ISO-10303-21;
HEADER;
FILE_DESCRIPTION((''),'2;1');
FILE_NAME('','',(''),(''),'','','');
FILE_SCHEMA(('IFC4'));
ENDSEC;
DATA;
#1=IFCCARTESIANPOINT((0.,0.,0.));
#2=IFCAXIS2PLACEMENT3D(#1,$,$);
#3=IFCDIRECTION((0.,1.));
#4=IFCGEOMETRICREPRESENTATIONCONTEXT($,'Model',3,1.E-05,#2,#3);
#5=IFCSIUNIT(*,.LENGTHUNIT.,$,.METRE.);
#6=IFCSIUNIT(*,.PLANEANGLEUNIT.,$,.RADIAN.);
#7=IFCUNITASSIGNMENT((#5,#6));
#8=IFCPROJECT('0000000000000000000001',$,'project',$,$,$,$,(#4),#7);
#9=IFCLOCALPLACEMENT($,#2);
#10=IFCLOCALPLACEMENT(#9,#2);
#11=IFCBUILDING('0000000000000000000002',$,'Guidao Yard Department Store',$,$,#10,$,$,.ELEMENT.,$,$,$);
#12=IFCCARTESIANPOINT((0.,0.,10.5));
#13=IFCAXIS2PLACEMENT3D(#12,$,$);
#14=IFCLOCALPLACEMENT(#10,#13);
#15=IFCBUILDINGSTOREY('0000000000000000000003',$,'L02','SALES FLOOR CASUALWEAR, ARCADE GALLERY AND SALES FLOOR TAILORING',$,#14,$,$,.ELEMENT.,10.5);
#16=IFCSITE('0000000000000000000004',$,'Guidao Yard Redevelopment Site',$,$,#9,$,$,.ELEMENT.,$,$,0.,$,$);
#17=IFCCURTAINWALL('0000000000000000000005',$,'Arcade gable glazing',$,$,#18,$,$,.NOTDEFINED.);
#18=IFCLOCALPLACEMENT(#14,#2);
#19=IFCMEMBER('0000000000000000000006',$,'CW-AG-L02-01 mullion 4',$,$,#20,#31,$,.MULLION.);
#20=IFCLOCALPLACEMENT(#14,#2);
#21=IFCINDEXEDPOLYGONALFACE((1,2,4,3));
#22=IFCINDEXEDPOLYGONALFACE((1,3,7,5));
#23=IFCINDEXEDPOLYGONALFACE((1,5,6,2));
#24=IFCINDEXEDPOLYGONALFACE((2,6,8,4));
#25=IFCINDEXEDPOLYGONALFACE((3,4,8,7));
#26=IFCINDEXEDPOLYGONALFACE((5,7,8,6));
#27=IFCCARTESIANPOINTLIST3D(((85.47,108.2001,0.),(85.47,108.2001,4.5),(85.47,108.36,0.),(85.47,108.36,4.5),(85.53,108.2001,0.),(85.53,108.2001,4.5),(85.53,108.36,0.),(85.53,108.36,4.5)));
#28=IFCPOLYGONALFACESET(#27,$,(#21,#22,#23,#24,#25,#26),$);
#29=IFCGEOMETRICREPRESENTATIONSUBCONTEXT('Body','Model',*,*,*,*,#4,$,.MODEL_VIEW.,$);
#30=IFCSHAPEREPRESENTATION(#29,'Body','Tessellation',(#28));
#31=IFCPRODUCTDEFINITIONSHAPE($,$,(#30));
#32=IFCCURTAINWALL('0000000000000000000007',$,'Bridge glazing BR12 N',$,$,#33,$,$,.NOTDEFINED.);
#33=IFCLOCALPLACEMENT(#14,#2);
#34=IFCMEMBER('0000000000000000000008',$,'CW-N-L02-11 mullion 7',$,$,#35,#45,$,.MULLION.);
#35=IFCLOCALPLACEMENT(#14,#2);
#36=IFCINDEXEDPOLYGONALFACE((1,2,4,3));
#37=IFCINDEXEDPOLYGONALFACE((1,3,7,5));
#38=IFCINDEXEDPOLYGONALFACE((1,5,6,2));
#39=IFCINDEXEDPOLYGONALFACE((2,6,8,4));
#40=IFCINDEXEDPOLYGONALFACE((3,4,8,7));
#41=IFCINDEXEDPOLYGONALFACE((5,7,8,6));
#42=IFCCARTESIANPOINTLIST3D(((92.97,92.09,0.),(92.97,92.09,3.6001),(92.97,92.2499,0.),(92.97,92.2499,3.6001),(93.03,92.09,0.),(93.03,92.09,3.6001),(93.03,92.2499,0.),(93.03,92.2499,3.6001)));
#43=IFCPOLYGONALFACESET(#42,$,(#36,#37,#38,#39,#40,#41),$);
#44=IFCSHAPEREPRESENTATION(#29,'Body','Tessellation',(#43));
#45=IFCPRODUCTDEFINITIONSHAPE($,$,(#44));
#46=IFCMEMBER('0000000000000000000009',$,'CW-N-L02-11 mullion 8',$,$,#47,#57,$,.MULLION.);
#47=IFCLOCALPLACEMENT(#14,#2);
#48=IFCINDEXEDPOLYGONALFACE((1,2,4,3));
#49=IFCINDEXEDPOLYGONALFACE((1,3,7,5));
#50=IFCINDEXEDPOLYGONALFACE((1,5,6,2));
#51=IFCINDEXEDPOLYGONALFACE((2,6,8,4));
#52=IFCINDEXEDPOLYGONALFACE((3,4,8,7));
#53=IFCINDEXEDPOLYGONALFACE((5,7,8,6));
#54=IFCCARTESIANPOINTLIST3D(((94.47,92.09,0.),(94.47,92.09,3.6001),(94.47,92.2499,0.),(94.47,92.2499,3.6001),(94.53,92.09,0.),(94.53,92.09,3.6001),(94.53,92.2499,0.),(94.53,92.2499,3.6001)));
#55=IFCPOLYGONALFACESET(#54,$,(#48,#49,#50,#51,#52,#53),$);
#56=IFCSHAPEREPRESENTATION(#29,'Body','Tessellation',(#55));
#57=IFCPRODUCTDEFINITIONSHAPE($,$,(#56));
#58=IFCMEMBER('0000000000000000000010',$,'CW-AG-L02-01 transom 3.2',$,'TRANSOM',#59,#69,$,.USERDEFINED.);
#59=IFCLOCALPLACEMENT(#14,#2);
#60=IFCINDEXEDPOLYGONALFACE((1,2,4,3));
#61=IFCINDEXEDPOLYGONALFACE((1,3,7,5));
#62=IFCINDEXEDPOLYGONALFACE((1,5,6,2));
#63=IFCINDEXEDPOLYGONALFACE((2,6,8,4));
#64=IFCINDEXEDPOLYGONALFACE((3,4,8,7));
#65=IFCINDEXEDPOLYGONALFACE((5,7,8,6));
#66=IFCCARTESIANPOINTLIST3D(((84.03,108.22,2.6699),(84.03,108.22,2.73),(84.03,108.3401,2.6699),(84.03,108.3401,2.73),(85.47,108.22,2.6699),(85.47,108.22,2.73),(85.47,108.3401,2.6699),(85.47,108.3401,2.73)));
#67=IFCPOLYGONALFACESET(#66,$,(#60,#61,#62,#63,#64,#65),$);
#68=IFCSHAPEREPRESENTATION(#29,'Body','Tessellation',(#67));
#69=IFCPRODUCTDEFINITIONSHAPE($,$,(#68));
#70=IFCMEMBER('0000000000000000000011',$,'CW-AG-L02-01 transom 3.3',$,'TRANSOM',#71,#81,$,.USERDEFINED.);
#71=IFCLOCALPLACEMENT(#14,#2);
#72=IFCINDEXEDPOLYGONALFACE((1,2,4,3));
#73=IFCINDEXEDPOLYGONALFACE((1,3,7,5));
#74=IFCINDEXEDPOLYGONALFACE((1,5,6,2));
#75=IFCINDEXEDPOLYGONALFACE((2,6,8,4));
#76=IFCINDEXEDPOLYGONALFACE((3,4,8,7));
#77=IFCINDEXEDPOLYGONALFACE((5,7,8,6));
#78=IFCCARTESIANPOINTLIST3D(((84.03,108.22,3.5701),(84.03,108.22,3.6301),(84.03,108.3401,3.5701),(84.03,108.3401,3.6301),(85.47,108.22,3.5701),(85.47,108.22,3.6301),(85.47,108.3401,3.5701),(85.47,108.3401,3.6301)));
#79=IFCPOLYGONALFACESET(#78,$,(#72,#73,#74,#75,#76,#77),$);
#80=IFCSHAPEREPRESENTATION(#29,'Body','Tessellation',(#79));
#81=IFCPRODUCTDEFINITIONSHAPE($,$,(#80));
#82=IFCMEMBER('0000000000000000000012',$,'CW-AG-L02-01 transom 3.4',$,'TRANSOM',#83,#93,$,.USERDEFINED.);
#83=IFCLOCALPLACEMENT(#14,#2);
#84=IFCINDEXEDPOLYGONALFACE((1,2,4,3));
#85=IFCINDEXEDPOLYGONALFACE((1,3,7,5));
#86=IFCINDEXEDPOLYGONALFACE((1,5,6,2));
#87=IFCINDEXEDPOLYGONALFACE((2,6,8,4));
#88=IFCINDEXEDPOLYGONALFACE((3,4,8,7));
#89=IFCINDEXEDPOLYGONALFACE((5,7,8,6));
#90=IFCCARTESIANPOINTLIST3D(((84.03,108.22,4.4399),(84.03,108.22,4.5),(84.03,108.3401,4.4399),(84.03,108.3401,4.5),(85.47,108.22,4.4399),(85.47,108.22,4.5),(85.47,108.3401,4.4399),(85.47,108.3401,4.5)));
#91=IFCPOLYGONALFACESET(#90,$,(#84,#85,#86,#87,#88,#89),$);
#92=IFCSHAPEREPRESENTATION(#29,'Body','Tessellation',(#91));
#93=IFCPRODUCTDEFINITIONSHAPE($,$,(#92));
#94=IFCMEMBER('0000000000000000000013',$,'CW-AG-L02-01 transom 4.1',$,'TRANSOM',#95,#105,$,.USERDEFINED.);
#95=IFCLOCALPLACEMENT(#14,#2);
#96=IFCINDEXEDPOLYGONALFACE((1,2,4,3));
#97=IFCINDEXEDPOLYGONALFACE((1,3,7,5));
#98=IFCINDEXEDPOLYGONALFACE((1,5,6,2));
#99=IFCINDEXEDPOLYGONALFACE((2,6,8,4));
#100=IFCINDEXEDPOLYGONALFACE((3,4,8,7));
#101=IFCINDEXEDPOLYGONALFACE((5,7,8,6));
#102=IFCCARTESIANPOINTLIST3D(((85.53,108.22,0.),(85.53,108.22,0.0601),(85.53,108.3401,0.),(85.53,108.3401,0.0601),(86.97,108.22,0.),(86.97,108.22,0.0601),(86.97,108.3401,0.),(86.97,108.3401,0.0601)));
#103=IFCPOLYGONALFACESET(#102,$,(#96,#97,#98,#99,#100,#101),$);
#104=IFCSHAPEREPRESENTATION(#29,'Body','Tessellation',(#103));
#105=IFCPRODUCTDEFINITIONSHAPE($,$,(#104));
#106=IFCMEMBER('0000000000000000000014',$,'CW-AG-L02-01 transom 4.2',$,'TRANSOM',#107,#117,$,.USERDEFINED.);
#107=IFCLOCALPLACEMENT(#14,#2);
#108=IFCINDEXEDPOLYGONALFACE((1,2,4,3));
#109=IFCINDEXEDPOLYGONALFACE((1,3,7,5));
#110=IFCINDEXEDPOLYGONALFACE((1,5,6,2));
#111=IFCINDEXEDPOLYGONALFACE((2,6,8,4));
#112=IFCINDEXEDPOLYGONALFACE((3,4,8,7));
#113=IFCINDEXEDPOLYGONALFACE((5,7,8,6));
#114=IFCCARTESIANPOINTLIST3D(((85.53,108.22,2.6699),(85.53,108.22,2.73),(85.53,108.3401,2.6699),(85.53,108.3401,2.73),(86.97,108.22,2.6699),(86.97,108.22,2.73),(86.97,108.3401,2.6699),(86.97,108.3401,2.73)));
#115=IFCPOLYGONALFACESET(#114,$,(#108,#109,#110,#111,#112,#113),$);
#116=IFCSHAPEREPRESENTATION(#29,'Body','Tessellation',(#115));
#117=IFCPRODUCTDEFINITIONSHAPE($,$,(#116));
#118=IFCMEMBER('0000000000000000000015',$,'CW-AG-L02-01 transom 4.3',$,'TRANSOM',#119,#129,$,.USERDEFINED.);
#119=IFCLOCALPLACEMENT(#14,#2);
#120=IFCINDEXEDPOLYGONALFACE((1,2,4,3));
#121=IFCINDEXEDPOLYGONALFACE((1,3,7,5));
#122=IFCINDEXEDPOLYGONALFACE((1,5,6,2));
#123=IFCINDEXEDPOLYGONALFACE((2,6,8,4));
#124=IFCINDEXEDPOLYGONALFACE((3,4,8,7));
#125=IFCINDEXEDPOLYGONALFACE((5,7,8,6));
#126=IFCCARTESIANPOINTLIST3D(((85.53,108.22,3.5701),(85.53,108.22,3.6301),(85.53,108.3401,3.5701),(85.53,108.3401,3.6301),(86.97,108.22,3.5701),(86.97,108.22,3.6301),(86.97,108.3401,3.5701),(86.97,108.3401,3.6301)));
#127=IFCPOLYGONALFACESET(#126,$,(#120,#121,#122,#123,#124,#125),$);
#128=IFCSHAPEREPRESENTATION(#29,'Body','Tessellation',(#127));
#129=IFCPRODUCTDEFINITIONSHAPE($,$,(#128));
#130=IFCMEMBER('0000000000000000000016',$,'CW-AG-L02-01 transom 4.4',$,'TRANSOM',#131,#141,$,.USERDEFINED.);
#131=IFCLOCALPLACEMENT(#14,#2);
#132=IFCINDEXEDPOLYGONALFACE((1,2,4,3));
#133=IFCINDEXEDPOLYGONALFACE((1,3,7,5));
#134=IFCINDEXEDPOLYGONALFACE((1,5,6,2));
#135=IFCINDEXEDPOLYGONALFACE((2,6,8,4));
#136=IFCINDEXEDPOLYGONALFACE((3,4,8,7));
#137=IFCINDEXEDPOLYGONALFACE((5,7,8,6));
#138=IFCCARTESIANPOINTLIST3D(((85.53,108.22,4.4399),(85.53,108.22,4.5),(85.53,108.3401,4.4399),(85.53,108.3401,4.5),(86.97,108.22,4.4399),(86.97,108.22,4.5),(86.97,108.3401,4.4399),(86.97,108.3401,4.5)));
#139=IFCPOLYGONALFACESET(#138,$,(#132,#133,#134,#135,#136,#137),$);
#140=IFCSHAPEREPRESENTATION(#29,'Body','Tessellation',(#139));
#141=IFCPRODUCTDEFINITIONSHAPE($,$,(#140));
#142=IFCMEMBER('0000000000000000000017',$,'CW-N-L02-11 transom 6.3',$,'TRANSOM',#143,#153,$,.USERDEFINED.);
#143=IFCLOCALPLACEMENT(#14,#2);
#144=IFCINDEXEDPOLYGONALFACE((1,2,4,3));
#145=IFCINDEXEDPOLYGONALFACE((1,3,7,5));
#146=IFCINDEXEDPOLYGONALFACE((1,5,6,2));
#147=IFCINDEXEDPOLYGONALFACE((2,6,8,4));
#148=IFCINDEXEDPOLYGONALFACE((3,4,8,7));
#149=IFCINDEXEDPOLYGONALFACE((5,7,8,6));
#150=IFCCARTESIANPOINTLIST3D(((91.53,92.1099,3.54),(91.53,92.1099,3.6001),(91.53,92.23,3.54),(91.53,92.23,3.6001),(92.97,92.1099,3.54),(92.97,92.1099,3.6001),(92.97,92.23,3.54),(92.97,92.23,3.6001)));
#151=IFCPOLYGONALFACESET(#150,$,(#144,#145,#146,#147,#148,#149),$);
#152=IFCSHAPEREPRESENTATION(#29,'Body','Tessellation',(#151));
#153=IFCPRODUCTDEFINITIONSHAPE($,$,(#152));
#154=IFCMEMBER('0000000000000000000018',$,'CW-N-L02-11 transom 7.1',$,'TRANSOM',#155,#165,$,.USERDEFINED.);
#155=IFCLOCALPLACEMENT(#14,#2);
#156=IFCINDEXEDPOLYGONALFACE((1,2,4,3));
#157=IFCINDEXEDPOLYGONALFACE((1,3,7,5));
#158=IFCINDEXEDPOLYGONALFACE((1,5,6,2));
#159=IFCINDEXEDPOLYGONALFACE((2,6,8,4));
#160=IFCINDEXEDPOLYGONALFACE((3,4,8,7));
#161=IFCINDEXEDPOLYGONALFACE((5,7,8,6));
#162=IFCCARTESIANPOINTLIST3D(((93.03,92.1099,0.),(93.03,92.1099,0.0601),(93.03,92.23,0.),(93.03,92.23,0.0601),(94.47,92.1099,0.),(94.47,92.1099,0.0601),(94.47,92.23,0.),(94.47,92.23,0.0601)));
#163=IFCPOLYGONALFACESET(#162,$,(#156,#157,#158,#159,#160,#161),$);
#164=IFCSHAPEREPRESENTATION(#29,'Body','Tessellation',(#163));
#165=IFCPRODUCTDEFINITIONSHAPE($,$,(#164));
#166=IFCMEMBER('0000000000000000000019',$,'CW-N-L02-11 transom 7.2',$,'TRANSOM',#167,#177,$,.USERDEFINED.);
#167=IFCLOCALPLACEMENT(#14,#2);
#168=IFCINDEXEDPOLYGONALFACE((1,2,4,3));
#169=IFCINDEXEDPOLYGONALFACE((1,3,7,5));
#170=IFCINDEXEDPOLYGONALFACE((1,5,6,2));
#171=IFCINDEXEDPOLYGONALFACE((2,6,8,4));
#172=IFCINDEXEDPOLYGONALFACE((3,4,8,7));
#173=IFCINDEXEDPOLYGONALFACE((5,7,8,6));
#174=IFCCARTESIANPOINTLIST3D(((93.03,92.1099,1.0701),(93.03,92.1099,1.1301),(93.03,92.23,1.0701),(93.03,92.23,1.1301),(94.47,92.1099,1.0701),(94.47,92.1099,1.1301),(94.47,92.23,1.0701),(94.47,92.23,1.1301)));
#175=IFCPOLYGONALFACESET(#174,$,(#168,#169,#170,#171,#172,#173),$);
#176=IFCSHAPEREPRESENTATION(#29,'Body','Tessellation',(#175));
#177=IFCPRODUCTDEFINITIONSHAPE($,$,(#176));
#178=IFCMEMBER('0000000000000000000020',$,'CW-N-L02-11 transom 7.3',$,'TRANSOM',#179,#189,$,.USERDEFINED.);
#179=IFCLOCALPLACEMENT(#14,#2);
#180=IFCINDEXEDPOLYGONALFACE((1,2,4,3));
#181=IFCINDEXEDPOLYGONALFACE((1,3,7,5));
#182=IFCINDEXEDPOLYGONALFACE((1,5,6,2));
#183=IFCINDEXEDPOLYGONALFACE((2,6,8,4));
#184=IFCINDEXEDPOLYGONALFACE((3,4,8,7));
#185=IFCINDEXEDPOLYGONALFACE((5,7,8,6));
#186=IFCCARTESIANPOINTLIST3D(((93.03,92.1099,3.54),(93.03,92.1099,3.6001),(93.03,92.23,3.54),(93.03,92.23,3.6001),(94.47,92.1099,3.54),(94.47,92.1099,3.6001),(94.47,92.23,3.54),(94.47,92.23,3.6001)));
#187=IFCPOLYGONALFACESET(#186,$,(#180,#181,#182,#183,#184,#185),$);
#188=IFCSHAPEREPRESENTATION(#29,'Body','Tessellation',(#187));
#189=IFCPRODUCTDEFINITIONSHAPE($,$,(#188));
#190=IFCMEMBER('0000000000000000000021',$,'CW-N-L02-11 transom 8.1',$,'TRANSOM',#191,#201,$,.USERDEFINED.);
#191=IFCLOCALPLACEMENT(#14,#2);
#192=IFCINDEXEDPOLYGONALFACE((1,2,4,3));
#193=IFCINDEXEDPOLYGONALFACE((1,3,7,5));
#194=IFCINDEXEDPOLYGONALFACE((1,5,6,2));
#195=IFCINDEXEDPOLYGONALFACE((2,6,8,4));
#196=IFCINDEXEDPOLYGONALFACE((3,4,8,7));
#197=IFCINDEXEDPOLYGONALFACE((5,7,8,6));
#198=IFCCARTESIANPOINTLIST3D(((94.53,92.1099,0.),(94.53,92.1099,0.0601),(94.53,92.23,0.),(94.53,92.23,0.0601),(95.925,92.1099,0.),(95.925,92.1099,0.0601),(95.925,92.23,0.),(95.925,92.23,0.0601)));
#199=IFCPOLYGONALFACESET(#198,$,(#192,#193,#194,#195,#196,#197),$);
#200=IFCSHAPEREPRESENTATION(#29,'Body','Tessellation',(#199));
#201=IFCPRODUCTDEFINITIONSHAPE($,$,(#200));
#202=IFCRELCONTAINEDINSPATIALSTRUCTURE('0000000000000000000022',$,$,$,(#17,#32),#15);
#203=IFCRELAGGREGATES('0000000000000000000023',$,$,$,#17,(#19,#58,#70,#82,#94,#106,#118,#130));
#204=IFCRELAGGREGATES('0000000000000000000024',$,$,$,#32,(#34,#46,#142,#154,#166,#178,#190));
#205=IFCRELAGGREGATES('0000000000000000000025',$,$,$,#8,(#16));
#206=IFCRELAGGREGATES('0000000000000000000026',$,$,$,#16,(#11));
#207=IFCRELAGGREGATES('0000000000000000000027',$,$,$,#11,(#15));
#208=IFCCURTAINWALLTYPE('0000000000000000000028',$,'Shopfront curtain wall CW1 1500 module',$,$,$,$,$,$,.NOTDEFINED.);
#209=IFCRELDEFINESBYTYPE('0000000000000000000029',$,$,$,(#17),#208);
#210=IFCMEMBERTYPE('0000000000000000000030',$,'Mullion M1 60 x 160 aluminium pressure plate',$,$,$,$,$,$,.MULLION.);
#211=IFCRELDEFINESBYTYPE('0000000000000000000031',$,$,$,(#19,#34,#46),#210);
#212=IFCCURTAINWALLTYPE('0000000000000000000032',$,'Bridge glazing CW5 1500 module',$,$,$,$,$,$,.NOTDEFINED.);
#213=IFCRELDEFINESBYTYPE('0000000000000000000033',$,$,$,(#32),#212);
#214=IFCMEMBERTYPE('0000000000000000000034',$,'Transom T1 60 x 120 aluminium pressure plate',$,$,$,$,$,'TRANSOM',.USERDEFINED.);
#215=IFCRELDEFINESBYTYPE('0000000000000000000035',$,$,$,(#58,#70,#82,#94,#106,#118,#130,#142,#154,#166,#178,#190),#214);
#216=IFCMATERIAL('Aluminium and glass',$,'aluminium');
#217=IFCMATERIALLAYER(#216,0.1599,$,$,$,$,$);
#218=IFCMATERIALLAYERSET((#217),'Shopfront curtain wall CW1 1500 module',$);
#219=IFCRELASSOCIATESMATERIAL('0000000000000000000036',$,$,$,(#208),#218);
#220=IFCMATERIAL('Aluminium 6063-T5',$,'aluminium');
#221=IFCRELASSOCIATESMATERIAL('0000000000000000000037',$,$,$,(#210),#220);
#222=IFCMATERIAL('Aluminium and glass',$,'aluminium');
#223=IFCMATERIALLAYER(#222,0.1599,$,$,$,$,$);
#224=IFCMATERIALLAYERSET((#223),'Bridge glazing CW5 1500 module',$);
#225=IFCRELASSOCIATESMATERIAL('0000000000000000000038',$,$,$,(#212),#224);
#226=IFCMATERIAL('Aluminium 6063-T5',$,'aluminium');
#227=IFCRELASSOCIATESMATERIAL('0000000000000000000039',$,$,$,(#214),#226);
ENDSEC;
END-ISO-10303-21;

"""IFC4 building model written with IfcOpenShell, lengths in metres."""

from ifc_helpers import new_model, si_unit, direction, frame, origin, origin_2d, place, context, subcontext, project, spatial, rectangle, extrude, material, layer, layer_set, material_profile, profile_set, type_object, element, aggregate, save


model = new_model("IFC4")

# Units and contexts
model_context = context("Model", 3, precision=1e-05, world=origin(), true_north=direction((0.0, 1.0)))
body_context = subcontext(model_context, "Body", "Model", "MODEL_VIEW")
ifc_project = project(units=[si_unit("LENGTHUNIT", "METRE"), si_unit("PLANEANGLEUNIT", "RADIAN")], contexts=[model_context])

# Site, building, storey
site_placement = place(None, origin())
site = spatial("IfcSite", under=ifc_project, at=site_placement, Name="Guidao Yard Redevelopment Site", CompositionType="ELEMENT", RefElevation=0.0)
building_placement = place(site_placement, origin())
building = spatial("IfcBuilding", under=site, at=building_placement, Name="Guidao Yard Department Store", CompositionType="ELEMENT")
storey_placement = place(building_placement, frame((0.0, 0.0, 10.5)))
storey = spatial("IfcBuildingStorey", under=building, at=storey_placement, Name="L02", Description="SALES FLOOR CASUALWEAR, ARCADE GALLERY AND SALES FLOOR TAILORING", CompositionType="ELEMENT", Elevation=10.5)

# Curtain wall, member
ifc_material_1 = material(Name="Aluminium and glass", Category="aluminium")
ifc_layer_1 = layer(ifc_material_1, 0.1599)
ifc_layer_set_1 = layer_set([ifc_layer_1], Name="Shopfront curtain wall CW1 1500 module")
curtain_wall_type_1 = type_object("IfcCurtainWallType", Name="Shopfront curtain wall CW1 1500 module", PredefinedType="NOTDEFINED", material=ifc_layer_set_1)
curtain_wall_1_placement = place(storey_placement, origin())
curtain_wall_1 = element("IfcCurtainWall", 1, at=curtain_wall_1_placement, inside=storey, type_object=curtain_wall_type_1, Name="Arcade gable glazing", PredefinedType="NOTDEFINED")
ifc_material_2 = material(Name="Aluminium 6063-T5", Category="aluminium")
ifc_material_profile_1 = material_profile(ifc_material_2, rectangle(XDim=0.0601, YDim=0.1599, at=origin_2d()), Name="Mullion M1 60 x 160 aluminium pressure plate")
ifc_profile_set_1 = profile_set([ifc_material_profile_1], Name="Aluminium 6063-T5")
member_type_1 = type_object("IfcMemberType", Name="Mullion M1 60 x 160 aluminium pressure plate", PredefinedType="MULLION", material=ifc_profile_set_1)
member_1_placement = place(storey_placement, frame((85.5, 108.28, 0.0), z_axis=(0.0, 0.0, 1.0), x_axis=(1.0, 0.0, 0.0)))
member_1 = element("IfcMember", 2, at=member_1_placement, type_object=member_type_1, Name="CW-AG-L02-01 mullion 4", PredefinedType="MULLION", context=body_context, shape_type="SweptSolid", body=[
    extrude(rectangle(XDim=0.0601, YDim=0.1599, at=origin_2d()), origin(), (0.0, 0.0, 1.0), 4.5),
])

# Curtain wall, members
ifc_material_3 = material(Name="Aluminium and glass", Category="aluminium")
ifc_layer_2 = layer(ifc_material_3, 0.1599)
ifc_layer_set_2 = layer_set([ifc_layer_2], Name="Bridge glazing CW5 1500 module")
curtain_wall_type_2 = type_object("IfcCurtainWallType", Name="Bridge glazing CW5 1500 module", PredefinedType="NOTDEFINED", material=ifc_layer_set_2)
curtain_wall_2_placement = place(storey_placement, origin())
curtain_wall_2 = element("IfcCurtainWall", 3, at=curtain_wall_2_placement, inside=storey, type_object=curtain_wall_type_2, Name="Bridge glazing BR12 N", PredefinedType="NOTDEFINED")
member_2_placement = place(storey_placement, frame((93.0, 92.1699, 0.0), z_axis=(0.0, 0.0, 1.0), x_axis=(1.0, 0.0, 0.0)))
member_2 = element("IfcMember", 4, at=member_2_placement, type_object=member_type_1, Name="CW-N-L02-11 mullion 7", PredefinedType="MULLION", context=body_context, shape_type="SweptSolid", body=[
    extrude(rectangle(XDim=0.0601, YDim=0.1599, at=origin_2d()), origin(), (0.0, 0.0, 1.0), 3.6001),
])
member_3_placement = place(storey_placement, frame((94.5, 92.1699, 0.0), z_axis=(0.0, 0.0, 1.0), x_axis=(1.0, 0.0, 0.0)))
member_3 = element("IfcMember", 5, at=member_3_placement, type_object=member_type_1, Name="CW-N-L02-11 mullion 8", PredefinedType="MULLION", context=body_context, shape_type="SweptSolid", body=[
    extrude(rectangle(XDim=0.0601, YDim=0.1599, at=origin_2d()), origin(), (0.0, 0.0, 1.0), 3.6001),
])

# Members
ifc_material_4 = material(Name="Aluminium 6063-T5", Category="aluminium")
ifc_material_profile_2 = material_profile(ifc_material_4, rectangle(XDim=0.1201, YDim=0.0601, at=origin_2d()), Name="Transom T1 60 x 120 aluminium pressure plate")
ifc_profile_set_2 = profile_set([ifc_material_profile_2], Name="Aluminium 6063-T5")
member_type_2 = type_object("IfcMemberType", Name="Transom T1 60 x 120 aluminium pressure plate", ElementType="TRANSOM", PredefinedType="USERDEFINED", material=ifc_profile_set_2)
member_4_placement = place(storey_placement, frame((84.03, 108.28, 2.7), z_axis=(1.0, 0.0, 0.0), x_axis=(0.0, 1.0, 0.0)))
member_4 = element("IfcMember", 6, at=member_4_placement, type_object=member_type_2, Name="CW-AG-L02-01 transom 3.2", ObjectType="TRANSOM", PredefinedType="USERDEFINED", context=body_context, shape_type="SweptSolid", body=[
    extrude(rectangle(XDim=0.1201, YDim=0.0601, at=origin_2d()), origin(), (0.0, 0.0, 1.0), 1.4399),
])
member_5_placement = place(storey_placement, frame((84.03, 108.28, 3.6001), z_axis=(1.0, 0.0, 0.0), x_axis=(0.0, 1.0, 0.0)))
member_5 = element("IfcMember", 7, at=member_5_placement, type_object=member_type_2, Name="CW-AG-L02-01 transom 3.3", ObjectType="TRANSOM", PredefinedType="USERDEFINED", context=body_context, shape_type="SweptSolid", body=[
    extrude(rectangle(XDim=0.1201, YDim=0.0601, at=origin_2d()), origin(), (0.0, 0.0, 1.0), 1.4399),
])
member_6_placement = place(storey_placement, frame((84.03, 108.28, 4.47), z_axis=(1.0, 0.0, 0.0), x_axis=(0.0, 1.0, 0.0)))
member_6 = element("IfcMember", 8, at=member_6_placement, type_object=member_type_2, Name="CW-AG-L02-01 transom 3.4", ObjectType="TRANSOM", PredefinedType="USERDEFINED", context=body_context, shape_type="SweptSolid", body=[
    extrude(rectangle(XDim=0.1201, YDim=0.0601, at=origin_2d()), origin(), (0.0, 0.0, 1.0), 1.4399),
])
member_7_placement = place(storey_placement, frame((85.53, 108.28, 0.03), z_axis=(1.0, 0.0, 0.0), x_axis=(0.0, 1.0, 0.0)))
member_7 = element("IfcMember", 9, at=member_7_placement, type_object=member_type_2, Name="CW-AG-L02-01 transom 4.1", ObjectType="TRANSOM", PredefinedType="USERDEFINED", context=body_context, shape_type="SweptSolid", body=[
    extrude(rectangle(XDim=0.1201, YDim=0.0601, at=origin_2d()), origin(), (0.0, 0.0, 1.0), 1.4399),
])
member_8_placement = place(storey_placement, frame((85.53, 108.28, 2.7), z_axis=(1.0, 0.0, 0.0), x_axis=(0.0, 1.0, 0.0)))
member_8 = element("IfcMember", 10, at=member_8_placement, type_object=member_type_2, Name="CW-AG-L02-01 transom 4.2", ObjectType="TRANSOM", PredefinedType="USERDEFINED", context=body_context, shape_type="SweptSolid", body=[
    extrude(rectangle(XDim=0.1201, YDim=0.0601, at=origin_2d()), origin(), (0.0, 0.0, 1.0), 1.4399),
])
member_9_placement = place(storey_placement, frame((85.53, 108.28, 3.6001), z_axis=(1.0, 0.0, 0.0), x_axis=(0.0, 1.0, 0.0)))
member_9 = element("IfcMember", 11, at=member_9_placement, type_object=member_type_2, Name="CW-AG-L02-01 transom 4.3", ObjectType="TRANSOM", PredefinedType="USERDEFINED", context=body_context, shape_type="SweptSolid", body=[
    extrude(rectangle(XDim=0.1201, YDim=0.0601, at=origin_2d()), origin(), (0.0, 0.0, 1.0), 1.4399),
])
member_10_placement = place(storey_placement, frame((85.53, 108.28, 4.47), z_axis=(1.0, 0.0, 0.0), x_axis=(0.0, 1.0, 0.0)))
member_10 = element("IfcMember", 12, at=member_10_placement, type_object=member_type_2, Name="CW-AG-L02-01 transom 4.4", ObjectType="TRANSOM", PredefinedType="USERDEFINED", context=body_context, shape_type="SweptSolid", body=[
    extrude(rectangle(XDim=0.1201, YDim=0.0601, at=origin_2d()), origin(), (0.0, 0.0, 1.0), 1.4399),
])
member_11_placement = place(storey_placement, frame((91.53, 92.1699, 3.5701), z_axis=(1.0, 0.0, 0.0), x_axis=(0.0, 1.0, 0.0)))
member_11 = element("IfcMember", 13, at=member_11_placement, type_object=member_type_2, Name="CW-N-L02-11 transom 6.3", ObjectType="TRANSOM", PredefinedType="USERDEFINED", context=body_context, shape_type="SweptSolid", body=[
    extrude(rectangle(XDim=0.1201, YDim=0.0601, at=origin_2d()), origin(), (0.0, 0.0, 1.0), 1.4399),
])
member_12_placement = place(storey_placement, frame((93.03, 92.1699, 0.03), z_axis=(1.0, 0.0, 0.0), x_axis=(0.0, 1.0, 0.0)))
member_12 = element("IfcMember", 14, at=member_12_placement, type_object=member_type_2, Name="CW-N-L02-11 transom 7.1", ObjectType="TRANSOM", PredefinedType="USERDEFINED", context=body_context, shape_type="SweptSolid", body=[
    extrude(rectangle(XDim=0.1201, YDim=0.0601, at=origin_2d()), origin(), (0.0, 0.0, 1.0), 1.4399),
])
member_13_placement = place(storey_placement, frame((93.03, 92.1699, 1.1001), z_axis=(1.0, 0.0, 0.0), x_axis=(0.0, 1.0, 0.0)))
member_13 = element("IfcMember", 15, at=member_13_placement, type_object=member_type_2, Name="CW-N-L02-11 transom 7.2", ObjectType="TRANSOM", PredefinedType="USERDEFINED", context=body_context, shape_type="SweptSolid", body=[
    extrude(rectangle(XDim=0.1201, YDim=0.0601, at=origin_2d()), origin(), (0.0, 0.0, 1.0), 1.4399),
])
member_14_placement = place(storey_placement, frame((93.03, 92.1699, 3.5701), z_axis=(1.0, 0.0, 0.0), x_axis=(0.0, 1.0, 0.0)))
member_14 = element("IfcMember", 16, at=member_14_placement, type_object=member_type_2, Name="CW-N-L02-11 transom 7.3", ObjectType="TRANSOM", PredefinedType="USERDEFINED", context=body_context, shape_type="SweptSolid", body=[
    extrude(rectangle(XDim=0.1201, YDim=0.0601, at=origin_2d()), origin(), (0.0, 0.0, 1.0), 1.4399),
])
member_15_placement = place(storey_placement, frame((94.53, 92.1699, 0.03), z_axis=(1.0, 0.0, 0.0), x_axis=(0.0, 1.0, 0.0)))
member_15 = element("IfcMember", 17, at=member_15_placement, type_object=member_type_2, Name="CW-N-L02-11 transom 8.1", ObjectType="TRANSOM", PredefinedType="USERDEFINED", context=body_context, shape_type="SweptSolid", body=[
    extrude(rectangle(XDim=0.1201, YDim=0.0601, at=origin_2d()), origin(), (0.0, 0.0, 1.0), 1.395),
])

aggregate(curtain_wall_1, [member_1, member_4, member_5, member_6, member_7, member_8, member_9, member_10])
aggregate(curtain_wall_2, [member_2, member_3, member_11, member_12, member_13, member_14, member_15])

save(model, "model.ifc")
